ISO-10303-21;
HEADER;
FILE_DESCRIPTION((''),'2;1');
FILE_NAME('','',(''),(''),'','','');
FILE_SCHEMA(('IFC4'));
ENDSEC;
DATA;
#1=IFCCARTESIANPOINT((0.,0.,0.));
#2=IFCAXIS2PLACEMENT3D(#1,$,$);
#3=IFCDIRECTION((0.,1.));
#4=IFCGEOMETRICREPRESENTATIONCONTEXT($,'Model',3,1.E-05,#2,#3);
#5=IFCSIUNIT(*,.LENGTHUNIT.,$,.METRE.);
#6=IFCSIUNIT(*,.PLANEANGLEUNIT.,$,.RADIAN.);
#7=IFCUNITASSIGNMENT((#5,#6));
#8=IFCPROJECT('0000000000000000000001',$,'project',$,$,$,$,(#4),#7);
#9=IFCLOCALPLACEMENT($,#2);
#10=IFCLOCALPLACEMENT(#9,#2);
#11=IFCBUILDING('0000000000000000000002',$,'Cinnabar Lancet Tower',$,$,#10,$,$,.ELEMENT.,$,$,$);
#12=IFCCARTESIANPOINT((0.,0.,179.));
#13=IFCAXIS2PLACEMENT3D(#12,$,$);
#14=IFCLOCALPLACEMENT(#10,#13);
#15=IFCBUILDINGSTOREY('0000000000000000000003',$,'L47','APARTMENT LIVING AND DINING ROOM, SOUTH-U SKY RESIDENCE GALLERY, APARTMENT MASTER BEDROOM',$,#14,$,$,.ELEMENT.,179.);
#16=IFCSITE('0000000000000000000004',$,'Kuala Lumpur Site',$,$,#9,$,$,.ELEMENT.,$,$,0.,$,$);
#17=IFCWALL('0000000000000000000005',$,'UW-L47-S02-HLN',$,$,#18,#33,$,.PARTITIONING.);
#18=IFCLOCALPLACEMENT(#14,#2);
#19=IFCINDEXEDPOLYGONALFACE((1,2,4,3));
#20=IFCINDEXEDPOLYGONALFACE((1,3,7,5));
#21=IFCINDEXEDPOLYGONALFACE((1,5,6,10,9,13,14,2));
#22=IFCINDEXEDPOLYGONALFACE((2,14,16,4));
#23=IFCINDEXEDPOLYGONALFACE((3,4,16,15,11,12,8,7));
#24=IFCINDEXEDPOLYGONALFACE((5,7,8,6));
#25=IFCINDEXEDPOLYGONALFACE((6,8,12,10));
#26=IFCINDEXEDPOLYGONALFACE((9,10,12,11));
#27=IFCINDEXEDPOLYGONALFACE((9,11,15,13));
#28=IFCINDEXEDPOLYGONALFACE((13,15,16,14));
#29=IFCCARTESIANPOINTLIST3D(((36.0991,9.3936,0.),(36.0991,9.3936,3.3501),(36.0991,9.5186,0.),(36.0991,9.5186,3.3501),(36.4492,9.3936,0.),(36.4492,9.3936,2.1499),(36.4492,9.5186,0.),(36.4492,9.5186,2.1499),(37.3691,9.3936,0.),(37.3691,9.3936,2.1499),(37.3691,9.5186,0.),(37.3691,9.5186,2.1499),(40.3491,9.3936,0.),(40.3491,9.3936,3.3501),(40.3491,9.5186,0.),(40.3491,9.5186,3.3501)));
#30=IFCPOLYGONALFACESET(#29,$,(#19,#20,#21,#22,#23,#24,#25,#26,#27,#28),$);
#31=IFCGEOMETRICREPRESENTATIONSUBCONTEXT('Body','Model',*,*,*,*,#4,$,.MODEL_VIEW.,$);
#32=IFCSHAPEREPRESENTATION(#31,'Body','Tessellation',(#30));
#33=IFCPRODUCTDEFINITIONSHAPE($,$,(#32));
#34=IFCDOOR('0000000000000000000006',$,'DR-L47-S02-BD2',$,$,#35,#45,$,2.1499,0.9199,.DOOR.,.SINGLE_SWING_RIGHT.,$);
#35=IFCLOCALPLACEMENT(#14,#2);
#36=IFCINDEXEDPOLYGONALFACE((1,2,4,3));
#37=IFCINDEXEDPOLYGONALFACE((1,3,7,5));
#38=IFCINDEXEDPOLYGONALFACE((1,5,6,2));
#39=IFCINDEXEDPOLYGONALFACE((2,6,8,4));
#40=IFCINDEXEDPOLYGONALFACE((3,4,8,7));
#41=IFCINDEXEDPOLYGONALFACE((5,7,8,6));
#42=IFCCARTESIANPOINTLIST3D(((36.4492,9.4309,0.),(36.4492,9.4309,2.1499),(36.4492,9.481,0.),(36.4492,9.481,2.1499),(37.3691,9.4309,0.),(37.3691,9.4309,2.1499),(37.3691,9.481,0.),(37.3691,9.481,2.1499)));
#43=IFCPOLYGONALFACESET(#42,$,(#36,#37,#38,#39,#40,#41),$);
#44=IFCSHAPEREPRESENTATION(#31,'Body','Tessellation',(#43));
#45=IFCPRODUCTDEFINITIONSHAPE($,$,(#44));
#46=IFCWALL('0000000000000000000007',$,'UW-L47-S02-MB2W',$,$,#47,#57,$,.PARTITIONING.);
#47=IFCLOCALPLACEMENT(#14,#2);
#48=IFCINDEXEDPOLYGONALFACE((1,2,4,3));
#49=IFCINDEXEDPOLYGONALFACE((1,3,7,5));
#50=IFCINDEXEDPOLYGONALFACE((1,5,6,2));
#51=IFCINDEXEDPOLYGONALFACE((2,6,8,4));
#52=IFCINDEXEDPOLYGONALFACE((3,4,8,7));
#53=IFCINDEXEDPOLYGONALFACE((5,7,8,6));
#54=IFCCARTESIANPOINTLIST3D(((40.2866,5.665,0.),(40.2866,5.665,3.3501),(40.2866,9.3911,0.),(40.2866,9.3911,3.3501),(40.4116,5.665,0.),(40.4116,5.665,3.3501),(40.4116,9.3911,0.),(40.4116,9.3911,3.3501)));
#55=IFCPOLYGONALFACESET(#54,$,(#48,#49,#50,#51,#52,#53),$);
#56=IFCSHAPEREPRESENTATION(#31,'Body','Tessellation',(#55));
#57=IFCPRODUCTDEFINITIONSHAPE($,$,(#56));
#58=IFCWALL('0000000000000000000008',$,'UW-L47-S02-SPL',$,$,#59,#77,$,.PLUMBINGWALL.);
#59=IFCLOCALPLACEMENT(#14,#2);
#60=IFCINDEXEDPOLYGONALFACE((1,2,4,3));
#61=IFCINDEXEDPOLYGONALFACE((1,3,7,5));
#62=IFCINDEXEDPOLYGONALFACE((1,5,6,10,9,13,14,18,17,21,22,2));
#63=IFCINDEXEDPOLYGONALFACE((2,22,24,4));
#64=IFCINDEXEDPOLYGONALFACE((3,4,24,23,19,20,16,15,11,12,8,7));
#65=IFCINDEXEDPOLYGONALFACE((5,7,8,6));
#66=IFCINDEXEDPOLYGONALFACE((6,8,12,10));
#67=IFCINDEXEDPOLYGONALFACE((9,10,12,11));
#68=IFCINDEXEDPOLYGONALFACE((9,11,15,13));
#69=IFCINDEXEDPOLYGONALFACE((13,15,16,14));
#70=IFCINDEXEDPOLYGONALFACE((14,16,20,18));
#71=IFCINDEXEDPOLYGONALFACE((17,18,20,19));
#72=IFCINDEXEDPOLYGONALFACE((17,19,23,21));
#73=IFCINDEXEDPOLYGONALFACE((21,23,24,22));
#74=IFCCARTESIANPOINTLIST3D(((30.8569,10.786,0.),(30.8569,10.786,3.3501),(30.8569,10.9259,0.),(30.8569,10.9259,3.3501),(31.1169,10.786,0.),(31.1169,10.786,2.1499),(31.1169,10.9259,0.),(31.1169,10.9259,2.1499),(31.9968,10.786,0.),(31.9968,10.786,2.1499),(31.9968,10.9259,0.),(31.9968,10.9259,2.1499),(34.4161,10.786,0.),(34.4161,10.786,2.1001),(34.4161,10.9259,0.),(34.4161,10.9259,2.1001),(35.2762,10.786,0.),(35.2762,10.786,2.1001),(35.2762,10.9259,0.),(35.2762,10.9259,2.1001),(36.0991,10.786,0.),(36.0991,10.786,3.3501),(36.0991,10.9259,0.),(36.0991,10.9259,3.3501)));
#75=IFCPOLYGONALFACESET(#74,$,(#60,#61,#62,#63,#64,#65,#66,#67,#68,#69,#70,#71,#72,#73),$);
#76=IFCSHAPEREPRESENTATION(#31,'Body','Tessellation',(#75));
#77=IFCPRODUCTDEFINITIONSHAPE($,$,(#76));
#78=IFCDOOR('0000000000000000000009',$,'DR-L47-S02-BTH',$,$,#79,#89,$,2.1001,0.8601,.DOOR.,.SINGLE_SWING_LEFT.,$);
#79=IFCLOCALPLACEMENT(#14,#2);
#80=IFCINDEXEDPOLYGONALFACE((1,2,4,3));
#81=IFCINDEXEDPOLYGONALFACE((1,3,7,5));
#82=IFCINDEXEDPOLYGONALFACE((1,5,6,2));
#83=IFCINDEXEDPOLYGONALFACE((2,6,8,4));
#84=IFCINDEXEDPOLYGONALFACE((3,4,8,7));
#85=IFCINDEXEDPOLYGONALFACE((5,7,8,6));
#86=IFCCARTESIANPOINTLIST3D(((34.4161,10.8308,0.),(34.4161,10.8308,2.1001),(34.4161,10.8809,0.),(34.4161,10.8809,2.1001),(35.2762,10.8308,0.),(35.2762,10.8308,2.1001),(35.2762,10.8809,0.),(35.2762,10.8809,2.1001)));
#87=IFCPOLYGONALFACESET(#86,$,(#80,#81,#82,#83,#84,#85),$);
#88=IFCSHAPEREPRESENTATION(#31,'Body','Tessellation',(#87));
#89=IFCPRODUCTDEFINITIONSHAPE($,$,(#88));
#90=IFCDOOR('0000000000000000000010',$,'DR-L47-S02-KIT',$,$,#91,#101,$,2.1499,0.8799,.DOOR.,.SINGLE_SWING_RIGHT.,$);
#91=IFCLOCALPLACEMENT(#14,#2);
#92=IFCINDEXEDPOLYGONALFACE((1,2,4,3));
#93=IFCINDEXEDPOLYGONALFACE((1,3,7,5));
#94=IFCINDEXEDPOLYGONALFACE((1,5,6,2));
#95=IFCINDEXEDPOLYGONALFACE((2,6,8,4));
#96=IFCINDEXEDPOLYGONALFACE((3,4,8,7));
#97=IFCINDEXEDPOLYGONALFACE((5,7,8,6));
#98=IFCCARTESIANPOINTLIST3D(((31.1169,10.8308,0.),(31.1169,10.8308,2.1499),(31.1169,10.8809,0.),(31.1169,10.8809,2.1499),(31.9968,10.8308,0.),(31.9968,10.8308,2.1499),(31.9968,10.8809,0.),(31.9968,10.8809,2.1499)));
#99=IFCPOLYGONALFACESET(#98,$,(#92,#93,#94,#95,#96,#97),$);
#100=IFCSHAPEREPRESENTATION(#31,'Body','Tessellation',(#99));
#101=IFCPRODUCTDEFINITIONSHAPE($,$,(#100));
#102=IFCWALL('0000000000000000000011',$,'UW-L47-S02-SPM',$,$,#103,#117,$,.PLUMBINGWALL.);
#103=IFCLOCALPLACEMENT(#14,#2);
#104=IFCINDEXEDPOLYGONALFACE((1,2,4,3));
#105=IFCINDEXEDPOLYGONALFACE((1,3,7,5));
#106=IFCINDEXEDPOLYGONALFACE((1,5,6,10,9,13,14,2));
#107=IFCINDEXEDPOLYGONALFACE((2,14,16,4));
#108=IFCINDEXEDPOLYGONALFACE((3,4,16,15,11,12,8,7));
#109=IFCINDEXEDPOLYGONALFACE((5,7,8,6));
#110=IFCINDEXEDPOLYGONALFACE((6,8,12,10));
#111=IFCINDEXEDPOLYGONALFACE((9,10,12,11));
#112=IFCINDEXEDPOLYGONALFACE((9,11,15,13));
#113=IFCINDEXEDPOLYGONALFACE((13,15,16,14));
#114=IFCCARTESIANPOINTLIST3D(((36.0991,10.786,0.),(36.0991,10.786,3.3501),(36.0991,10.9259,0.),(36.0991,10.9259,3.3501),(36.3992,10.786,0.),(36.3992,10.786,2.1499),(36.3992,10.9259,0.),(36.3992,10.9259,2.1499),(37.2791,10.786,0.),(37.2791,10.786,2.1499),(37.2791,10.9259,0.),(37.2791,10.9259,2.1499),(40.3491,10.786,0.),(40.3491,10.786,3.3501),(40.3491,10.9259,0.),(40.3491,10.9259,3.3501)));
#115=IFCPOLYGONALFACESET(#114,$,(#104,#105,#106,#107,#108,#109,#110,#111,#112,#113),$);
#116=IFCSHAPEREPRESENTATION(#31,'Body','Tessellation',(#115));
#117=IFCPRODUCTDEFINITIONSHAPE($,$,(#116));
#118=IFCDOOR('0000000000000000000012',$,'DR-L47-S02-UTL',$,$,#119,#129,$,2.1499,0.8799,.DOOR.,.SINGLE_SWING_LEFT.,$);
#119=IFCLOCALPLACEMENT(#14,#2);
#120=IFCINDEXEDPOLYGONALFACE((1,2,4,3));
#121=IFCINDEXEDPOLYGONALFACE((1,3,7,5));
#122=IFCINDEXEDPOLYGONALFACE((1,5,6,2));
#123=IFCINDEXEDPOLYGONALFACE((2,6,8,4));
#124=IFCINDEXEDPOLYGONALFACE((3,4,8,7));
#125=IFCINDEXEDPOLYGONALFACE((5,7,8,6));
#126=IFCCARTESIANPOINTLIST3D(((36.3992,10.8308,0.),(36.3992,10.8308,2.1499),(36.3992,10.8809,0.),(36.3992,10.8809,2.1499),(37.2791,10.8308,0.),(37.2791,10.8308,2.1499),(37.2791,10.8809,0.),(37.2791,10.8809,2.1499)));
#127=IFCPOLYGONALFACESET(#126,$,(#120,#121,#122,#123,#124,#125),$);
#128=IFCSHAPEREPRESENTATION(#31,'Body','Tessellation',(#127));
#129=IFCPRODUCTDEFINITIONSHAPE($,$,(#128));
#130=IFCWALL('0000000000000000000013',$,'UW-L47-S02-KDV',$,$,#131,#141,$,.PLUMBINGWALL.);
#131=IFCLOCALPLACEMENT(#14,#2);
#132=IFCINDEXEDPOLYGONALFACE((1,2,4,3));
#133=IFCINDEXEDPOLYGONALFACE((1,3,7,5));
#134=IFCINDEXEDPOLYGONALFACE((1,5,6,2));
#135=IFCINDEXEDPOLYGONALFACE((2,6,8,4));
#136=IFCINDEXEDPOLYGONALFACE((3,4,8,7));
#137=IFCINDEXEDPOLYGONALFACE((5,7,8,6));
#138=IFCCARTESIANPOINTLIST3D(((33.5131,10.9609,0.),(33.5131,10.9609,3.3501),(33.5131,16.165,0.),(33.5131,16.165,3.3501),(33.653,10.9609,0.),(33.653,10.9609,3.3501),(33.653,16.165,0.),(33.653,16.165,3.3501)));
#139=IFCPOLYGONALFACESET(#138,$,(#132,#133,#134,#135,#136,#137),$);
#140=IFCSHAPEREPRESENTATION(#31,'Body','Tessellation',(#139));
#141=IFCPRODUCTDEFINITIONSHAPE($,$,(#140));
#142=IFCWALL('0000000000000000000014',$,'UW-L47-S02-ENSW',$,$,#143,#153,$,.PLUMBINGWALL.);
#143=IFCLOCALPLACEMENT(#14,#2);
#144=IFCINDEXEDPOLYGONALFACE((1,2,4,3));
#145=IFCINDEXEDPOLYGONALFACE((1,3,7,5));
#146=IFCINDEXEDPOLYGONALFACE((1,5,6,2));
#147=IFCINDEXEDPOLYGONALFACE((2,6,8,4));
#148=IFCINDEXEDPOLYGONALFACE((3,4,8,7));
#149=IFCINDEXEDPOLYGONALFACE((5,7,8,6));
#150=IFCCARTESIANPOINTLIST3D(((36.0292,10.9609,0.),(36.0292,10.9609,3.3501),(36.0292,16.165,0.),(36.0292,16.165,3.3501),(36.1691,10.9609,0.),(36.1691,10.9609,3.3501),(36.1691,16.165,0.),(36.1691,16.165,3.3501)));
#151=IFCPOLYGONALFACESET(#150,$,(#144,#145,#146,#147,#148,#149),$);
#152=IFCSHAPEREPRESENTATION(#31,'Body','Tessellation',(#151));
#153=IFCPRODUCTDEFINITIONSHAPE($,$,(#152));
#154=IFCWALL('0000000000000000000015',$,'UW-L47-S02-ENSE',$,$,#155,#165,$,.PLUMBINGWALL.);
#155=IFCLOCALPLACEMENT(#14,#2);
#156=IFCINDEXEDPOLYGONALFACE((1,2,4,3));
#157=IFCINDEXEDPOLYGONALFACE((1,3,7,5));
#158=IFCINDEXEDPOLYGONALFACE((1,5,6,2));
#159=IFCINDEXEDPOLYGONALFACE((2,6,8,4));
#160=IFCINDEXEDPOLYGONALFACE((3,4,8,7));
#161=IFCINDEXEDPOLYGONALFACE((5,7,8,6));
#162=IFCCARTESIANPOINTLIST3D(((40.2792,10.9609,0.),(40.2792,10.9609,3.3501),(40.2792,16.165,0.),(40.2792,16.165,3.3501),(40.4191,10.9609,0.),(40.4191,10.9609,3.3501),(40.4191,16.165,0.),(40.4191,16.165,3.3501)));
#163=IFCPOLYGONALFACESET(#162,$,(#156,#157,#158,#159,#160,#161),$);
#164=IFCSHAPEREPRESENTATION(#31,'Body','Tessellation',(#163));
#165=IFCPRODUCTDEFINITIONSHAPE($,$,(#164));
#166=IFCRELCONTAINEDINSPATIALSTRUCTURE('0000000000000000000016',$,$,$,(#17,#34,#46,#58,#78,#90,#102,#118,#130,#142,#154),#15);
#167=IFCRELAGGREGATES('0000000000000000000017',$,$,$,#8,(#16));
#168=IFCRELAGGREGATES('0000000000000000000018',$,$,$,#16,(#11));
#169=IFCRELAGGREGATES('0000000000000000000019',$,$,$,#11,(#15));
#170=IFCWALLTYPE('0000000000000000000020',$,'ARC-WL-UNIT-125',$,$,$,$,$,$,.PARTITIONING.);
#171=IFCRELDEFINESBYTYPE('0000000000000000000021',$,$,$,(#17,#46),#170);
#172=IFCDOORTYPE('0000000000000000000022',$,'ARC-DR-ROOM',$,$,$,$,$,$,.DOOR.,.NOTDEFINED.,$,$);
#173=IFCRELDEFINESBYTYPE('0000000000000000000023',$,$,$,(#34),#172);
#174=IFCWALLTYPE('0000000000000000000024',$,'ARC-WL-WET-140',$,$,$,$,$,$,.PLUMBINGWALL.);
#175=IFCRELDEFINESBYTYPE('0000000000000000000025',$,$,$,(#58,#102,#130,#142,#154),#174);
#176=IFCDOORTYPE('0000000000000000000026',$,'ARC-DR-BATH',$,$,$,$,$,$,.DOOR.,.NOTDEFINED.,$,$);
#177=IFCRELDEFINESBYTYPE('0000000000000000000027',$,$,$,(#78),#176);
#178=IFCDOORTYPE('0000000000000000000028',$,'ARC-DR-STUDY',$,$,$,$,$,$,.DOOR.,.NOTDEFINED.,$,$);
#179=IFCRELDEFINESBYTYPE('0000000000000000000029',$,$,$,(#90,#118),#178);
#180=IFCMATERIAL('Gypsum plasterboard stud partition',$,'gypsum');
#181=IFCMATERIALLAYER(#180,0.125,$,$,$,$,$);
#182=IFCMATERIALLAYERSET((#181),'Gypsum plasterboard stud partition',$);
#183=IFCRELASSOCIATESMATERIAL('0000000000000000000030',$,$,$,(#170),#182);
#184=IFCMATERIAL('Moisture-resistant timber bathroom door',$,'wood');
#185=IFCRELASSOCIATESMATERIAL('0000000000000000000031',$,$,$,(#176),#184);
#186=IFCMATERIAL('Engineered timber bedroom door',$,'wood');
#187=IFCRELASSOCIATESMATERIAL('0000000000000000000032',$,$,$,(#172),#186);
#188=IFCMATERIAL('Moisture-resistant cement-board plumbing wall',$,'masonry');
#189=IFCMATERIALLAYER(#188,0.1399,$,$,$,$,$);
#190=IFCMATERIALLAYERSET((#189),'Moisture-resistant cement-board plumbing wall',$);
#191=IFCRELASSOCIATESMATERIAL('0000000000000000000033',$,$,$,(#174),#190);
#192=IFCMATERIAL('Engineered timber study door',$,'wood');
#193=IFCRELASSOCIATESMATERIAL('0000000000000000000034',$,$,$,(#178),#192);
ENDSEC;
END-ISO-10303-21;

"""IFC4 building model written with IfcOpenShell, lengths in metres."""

from ifc_helpers import new_model, si_unit, direction, frame, frame_2d, origin, place, context, subcontext, project, spatial, rectangle, extrude, material, layer, layer_set, type_object, element, fill, save


model = new_model("IFC4")

# Units and contexts
model_context = context("Model", 3, precision=1e-05, world=origin(), true_north=direction((0.0, 1.0)))
body_context = subcontext(model_context, "Body", "Model", "MODEL_VIEW")
ifc_project = project(units=[si_unit("LENGTHUNIT", "METRE"), si_unit("PLANEANGLEUNIT", "RADIAN")], contexts=[model_context])

# Site, building, storey
site_placement = place(None, origin())
site = spatial("IfcSite", under=ifc_project, at=site_placement, Name="Kuala Lumpur Site", CompositionType="ELEMENT", RefElevation=0.0)
building_placement = place(site_placement, origin())
building = spatial("IfcBuilding", under=site, at=building_placement, Name="Cinnabar Lancet Tower", CompositionType="ELEMENT")
storey_placement = place(building_placement, frame((0.0, 0.0, 179.0)))
storey = spatial("IfcBuildingStorey", under=building, at=storey_placement, Name="L47", Description="APARTMENT LIVING AND DINING ROOM, SOUTH-U SKY RESIDENCE GALLERY, APARTMENT MASTER BEDROOM", CompositionType="ELEMENT", Elevation=179.0)

# Shared definitions
ifc_material_1 = material(Name="Gypsum plasterboard stud partition", Category="gypsum")
ifc_layer_1 = layer(ifc_material_1, 0.125)
ifc_layer_set_1 = layer_set([ifc_layer_1], Name="Gypsum plasterboard stud partition")
wall_type_1 = type_object("IfcWallType", Name="ARC-WL-UNIT-125", PredefinedType="PARTITIONING", material=ifc_layer_set_1)

# Shared definitions
ifc_material_2 = material(Name="Moisture-resistant timber bathroom door", Category="wood")
door_type_1 = type_object("IfcDoorType", Name="ARC-DR-BATH", OperationType="NOTDEFINED", PredefinedType="DOOR", material=ifc_material_2)

# Wall, opening, door
wall_1_placement = place(storey_placement, frame((36.0991, 9.4561, 0.0), z_axis=(0.0, 0.0, 1.0), x_axis=(1.0, 0.0, 0.0)))
wall_1 = element("IfcWall", 1, at=wall_1_placement, inside=storey, type_object=wall_type_1, Name="UW-L47-S02-HLN", PredefinedType="PARTITIONING", context=body_context, shape_type="SweptSolid", body=[
    extrude(rectangle(XDim=4.25, YDim=0.125, at=frame_2d((2.125, 0.0))), origin(), (0.0, 0.0, 1.0), 3.3501),
])
opening_1_placement = place(wall_1_placement, frame((0.3501, 0.0, 0.0)))
opening_1 = element("IfcOpeningElement", 2, at=opening_1_placement, cuts=wall_1, PredefinedType="OPENING", context=body_context, shape_type="SweptSolid", body=[
    extrude(rectangle(XDim=0.9199, YDim=2.1499, at=frame_2d((0.46, 1.075))), frame((0.0, 0.0725, 0.0), z_axis=(0.0, -1.0, 0.0), x_axis=(1.0, 0.0, 0.0)), (0.0, 0.0, 1.0), 0.145),
])
ifc_material_3 = material(Name="Engineered timber bedroom door", Category="wood")
door_type_2 = type_object("IfcDoorType", Name="ARC-DR-ROOM", OperationType="NOTDEFINED", PredefinedType="DOOR", material=ifc_material_3)
door_1_placement = place(opening_1_placement, origin())
door_1 = element("IfcDoor", 3, at=door_1_placement, inside=storey, type_object=door_type_2, Name="DR-L47-S02-BD2", OperationType="SINGLE_SWING_RIGHT", OverallHeight=2.1499, OverallWidth=0.9199, PredefinedType="DOOR", context=body_context, shape_type="SweptSolid", body=[
    extrude(rectangle(XDim=0.9199, YDim=2.1499, at=frame_2d((0.46, 1.075))), frame((0.0, 0.0249, 0.0), z_axis=(0.0, -1.0, 0.0), x_axis=(1.0, 0.0, 0.0)), (0.0, 0.0, 1.0), 0.05),
])
fill(opening_1, door_1)

# Wall
wall_2_placement = place(storey_placement, frame((40.3491, 5.665, 0.0), z_axis=(0.0, 0.0, 1.0), x_axis=(0.0, 1.0, 0.0)))
element("IfcWall", 4, at=wall_2_placement, inside=storey, type_object=wall_type_1, Name="UW-L47-S02-MB2W", PredefinedType="PARTITIONING", context=body_context, shape_type="SweptSolid", body=[
    extrude(rectangle(XDim=3.7261, YDim=0.125, at=frame_2d((1.863, 0.0))), origin(), (0.0, 0.0, 1.0), 3.3501),
])

# Wall, openings, doors
ifc_material_4 = material(Name="Moisture-resistant cement-board plumbing wall", Category="masonry")
ifc_layer_2 = layer(ifc_material_4, 0.1399)
ifc_layer_set_2 = layer_set([ifc_layer_2], Name="Moisture-resistant cement-board plumbing wall")
wall_type_2 = type_object("IfcWallType", Name="ARC-WL-WET-140", PredefinedType="PLUMBINGWALL", material=ifc_layer_set_2)
wall_3_placement = place(storey_placement, frame((30.8569, 10.856, 0.0), z_axis=(0.0, 0.0, 1.0), x_axis=(1.0, 0.0, 0.0)))
wall_3 = element("IfcWall", 5, at=wall_3_placement, inside=storey, type_object=wall_type_2, Name="UW-L47-S02-SPL", PredefinedType="PLUMBINGWALL", context=body_context, shape_type="SweptSolid", body=[
    extrude(rectangle(XDim=5.2422, YDim=0.1399, at=frame_2d((2.6211, 0.0))), origin(), (0.0, 0.0, 1.0), 3.3501),
])
opening_2_placement = place(wall_3_placement, frame((3.5591, 0.0, 0.0)))
opening_2 = element("IfcOpeningElement", 6, at=opening_2_placement, cuts=wall_3, PredefinedType="OPENING", context=body_context, shape_type="SweptSolid", body=[
    extrude(rectangle(XDim=0.8601, YDim=2.1001, at=frame_2d((0.4302, 1.05))), frame((0.0, 0.0798, 0.0), z_axis=(0.0, -1.0, 0.0), x_axis=(1.0, 0.0, 0.0)), (0.0, 0.0, 1.0), 0.1599),
])
opening_3_placement = place(wall_3_placement, frame((0.26, 0.0, 0.0)))
opening_3 = element("IfcOpeningElement", 7, at=opening_3_placement, cuts=wall_3, PredefinedType="OPENING", context=body_context, shape_type="SweptSolid", body=[
    extrude(rectangle(XDim=0.8799, YDim=2.1499, at=frame_2d((0.4399, 1.075))), frame((0.0, 0.0798, 0.0), z_axis=(0.0, -1.0, 0.0), x_axis=(1.0, 0.0, 0.0)), (0.0, 0.0, 1.0), 0.1599),
])
door_2_placement = place(opening_2_placement, origin())
door_2 = element("IfcDoor", 8, at=door_2_placement, inside=storey, type_object=door_type_1, Name="DR-L47-S02-BTH", OperationType="SINGLE_SWING_LEFT", OverallHeight=2.1001, OverallWidth=0.8601, PredefinedType="DOOR", context=body_context, shape_type="SweptSolid", body=[
    extrude(rectangle(XDim=0.8601, YDim=2.1001, at=frame_2d((0.4302, 1.05))), frame((0.0, 0.0249, 0.0), z_axis=(0.0, -1.0, 0.0), x_axis=(1.0, 0.0, 0.0)), (0.0, 0.0, 1.0), 0.05),
])
fill(opening_2, door_2)
ifc_material_5 = material(Name="Engineered timber study door", Category="wood")
door_type_3 = type_object("IfcDoorType", Name="ARC-DR-STUDY", OperationType="NOTDEFINED", PredefinedType="DOOR", material=ifc_material_5)
door_3_placement = place(opening_3_placement, origin())
door_3 = element("IfcDoor", 9, at=door_3_placement, inside=storey, type_object=door_type_3, Name="DR-L47-S02-KIT", OperationType="SINGLE_SWING_RIGHT", OverallHeight=2.1499, OverallWidth=0.8799, PredefinedType="DOOR", context=body_context, shape_type="SweptSolid", body=[
    extrude(rectangle(XDim=0.8799, YDim=2.1499, at=frame_2d((0.4399, 1.075))), frame((0.0, 0.0249, 0.0), z_axis=(0.0, -1.0, 0.0), x_axis=(1.0, 0.0, 0.0)), (0.0, 0.0, 1.0), 0.05),
])
fill(opening_3, door_3)

# Wall, opening, door
wall_4_placement = place(storey_placement, frame((36.0991, 10.856, 0.0), z_axis=(0.0, 0.0, 1.0), x_axis=(1.0, 0.0, 0.0)))
wall_4 = element("IfcWall", 10, at=wall_4_placement, inside=storey, type_object=wall_type_2, Name="UW-L47-S02-SPM", PredefinedType="PLUMBINGWALL", context=body_context, shape_type="SweptSolid", body=[
    extrude(rectangle(XDim=4.25, YDim=0.1399, at=frame_2d((2.125, 0.0))), origin(), (0.0, 0.0, 1.0), 3.3501),
])
opening_4_placement = place(wall_4_placement, frame((0.3, 0.0, 0.0)))
opening_4 = element("IfcOpeningElement", 11, at=opening_4_placement, cuts=wall_4, PredefinedType="OPENING", context=body_context, shape_type="SweptSolid", body=[
    extrude(rectangle(XDim=0.8799, YDim=2.1499, at=frame_2d((0.4399, 1.075))), frame((0.0, 0.0798, 0.0), z_axis=(0.0, -1.0, 0.0), x_axis=(1.0, 0.0, 0.0)), (0.0, 0.0, 1.0), 0.1599),
])
door_4_placement = place(opening_4_placement, origin())
door_4 = element("IfcDoor", 12, at=door_4_placement, inside=storey, type_object=door_type_3, Name="DR-L47-S02-UTL", OperationType="SINGLE_SWING_LEFT", OverallHeight=2.1499, OverallWidth=0.8799, PredefinedType="DOOR", context=body_context, shape_type="SweptSolid", body=[
    extrude(rectangle(XDim=0.8799, YDim=2.1499, at=frame_2d((0.4399, 1.075))), frame((0.0, 0.0249, 0.0), z_axis=(0.0, -1.0, 0.0), x_axis=(1.0, 0.0, 0.0)), (0.0, 0.0, 1.0), 0.05),
])
fill(opening_4, door_4)

# Walls
for number, where, z_axis, x_axis, name in (
    (13, (33.583, 10.9609, 0.0), (0.0, 0.0, 1.0), (0.0, 1.0, 0.0), "UW-L47-S02-KDV"),
    (14, (36.0991, 10.9609, 0.0), (0.0, 0.0, 1.0), (0.0, 1.0, 0.0), "UW-L47-S02-ENSW"),
    (15, (40.3491, 10.9609, 0.0), (0.0, 0.0, 1.0), (0.0, 1.0, 0.0), "UW-L47-S02-ENSE"),
):
    element("IfcWall", number, at=place(storey_placement, frame(where, z_axis=z_axis, x_axis=x_axis)), inside=storey, type_object=wall_type_2, Name=name, PredefinedType="PLUMBINGWALL", context=body_context, shape_type="SweptSolid", body=[
        extrude(rectangle(XDim=5.2041, YDim=0.1399, at=frame_2d((2.6021, 0.0))), origin(), (0.0, 0.0, 1.0), 3.3501),
    ])

save(model, "model.ifc")
